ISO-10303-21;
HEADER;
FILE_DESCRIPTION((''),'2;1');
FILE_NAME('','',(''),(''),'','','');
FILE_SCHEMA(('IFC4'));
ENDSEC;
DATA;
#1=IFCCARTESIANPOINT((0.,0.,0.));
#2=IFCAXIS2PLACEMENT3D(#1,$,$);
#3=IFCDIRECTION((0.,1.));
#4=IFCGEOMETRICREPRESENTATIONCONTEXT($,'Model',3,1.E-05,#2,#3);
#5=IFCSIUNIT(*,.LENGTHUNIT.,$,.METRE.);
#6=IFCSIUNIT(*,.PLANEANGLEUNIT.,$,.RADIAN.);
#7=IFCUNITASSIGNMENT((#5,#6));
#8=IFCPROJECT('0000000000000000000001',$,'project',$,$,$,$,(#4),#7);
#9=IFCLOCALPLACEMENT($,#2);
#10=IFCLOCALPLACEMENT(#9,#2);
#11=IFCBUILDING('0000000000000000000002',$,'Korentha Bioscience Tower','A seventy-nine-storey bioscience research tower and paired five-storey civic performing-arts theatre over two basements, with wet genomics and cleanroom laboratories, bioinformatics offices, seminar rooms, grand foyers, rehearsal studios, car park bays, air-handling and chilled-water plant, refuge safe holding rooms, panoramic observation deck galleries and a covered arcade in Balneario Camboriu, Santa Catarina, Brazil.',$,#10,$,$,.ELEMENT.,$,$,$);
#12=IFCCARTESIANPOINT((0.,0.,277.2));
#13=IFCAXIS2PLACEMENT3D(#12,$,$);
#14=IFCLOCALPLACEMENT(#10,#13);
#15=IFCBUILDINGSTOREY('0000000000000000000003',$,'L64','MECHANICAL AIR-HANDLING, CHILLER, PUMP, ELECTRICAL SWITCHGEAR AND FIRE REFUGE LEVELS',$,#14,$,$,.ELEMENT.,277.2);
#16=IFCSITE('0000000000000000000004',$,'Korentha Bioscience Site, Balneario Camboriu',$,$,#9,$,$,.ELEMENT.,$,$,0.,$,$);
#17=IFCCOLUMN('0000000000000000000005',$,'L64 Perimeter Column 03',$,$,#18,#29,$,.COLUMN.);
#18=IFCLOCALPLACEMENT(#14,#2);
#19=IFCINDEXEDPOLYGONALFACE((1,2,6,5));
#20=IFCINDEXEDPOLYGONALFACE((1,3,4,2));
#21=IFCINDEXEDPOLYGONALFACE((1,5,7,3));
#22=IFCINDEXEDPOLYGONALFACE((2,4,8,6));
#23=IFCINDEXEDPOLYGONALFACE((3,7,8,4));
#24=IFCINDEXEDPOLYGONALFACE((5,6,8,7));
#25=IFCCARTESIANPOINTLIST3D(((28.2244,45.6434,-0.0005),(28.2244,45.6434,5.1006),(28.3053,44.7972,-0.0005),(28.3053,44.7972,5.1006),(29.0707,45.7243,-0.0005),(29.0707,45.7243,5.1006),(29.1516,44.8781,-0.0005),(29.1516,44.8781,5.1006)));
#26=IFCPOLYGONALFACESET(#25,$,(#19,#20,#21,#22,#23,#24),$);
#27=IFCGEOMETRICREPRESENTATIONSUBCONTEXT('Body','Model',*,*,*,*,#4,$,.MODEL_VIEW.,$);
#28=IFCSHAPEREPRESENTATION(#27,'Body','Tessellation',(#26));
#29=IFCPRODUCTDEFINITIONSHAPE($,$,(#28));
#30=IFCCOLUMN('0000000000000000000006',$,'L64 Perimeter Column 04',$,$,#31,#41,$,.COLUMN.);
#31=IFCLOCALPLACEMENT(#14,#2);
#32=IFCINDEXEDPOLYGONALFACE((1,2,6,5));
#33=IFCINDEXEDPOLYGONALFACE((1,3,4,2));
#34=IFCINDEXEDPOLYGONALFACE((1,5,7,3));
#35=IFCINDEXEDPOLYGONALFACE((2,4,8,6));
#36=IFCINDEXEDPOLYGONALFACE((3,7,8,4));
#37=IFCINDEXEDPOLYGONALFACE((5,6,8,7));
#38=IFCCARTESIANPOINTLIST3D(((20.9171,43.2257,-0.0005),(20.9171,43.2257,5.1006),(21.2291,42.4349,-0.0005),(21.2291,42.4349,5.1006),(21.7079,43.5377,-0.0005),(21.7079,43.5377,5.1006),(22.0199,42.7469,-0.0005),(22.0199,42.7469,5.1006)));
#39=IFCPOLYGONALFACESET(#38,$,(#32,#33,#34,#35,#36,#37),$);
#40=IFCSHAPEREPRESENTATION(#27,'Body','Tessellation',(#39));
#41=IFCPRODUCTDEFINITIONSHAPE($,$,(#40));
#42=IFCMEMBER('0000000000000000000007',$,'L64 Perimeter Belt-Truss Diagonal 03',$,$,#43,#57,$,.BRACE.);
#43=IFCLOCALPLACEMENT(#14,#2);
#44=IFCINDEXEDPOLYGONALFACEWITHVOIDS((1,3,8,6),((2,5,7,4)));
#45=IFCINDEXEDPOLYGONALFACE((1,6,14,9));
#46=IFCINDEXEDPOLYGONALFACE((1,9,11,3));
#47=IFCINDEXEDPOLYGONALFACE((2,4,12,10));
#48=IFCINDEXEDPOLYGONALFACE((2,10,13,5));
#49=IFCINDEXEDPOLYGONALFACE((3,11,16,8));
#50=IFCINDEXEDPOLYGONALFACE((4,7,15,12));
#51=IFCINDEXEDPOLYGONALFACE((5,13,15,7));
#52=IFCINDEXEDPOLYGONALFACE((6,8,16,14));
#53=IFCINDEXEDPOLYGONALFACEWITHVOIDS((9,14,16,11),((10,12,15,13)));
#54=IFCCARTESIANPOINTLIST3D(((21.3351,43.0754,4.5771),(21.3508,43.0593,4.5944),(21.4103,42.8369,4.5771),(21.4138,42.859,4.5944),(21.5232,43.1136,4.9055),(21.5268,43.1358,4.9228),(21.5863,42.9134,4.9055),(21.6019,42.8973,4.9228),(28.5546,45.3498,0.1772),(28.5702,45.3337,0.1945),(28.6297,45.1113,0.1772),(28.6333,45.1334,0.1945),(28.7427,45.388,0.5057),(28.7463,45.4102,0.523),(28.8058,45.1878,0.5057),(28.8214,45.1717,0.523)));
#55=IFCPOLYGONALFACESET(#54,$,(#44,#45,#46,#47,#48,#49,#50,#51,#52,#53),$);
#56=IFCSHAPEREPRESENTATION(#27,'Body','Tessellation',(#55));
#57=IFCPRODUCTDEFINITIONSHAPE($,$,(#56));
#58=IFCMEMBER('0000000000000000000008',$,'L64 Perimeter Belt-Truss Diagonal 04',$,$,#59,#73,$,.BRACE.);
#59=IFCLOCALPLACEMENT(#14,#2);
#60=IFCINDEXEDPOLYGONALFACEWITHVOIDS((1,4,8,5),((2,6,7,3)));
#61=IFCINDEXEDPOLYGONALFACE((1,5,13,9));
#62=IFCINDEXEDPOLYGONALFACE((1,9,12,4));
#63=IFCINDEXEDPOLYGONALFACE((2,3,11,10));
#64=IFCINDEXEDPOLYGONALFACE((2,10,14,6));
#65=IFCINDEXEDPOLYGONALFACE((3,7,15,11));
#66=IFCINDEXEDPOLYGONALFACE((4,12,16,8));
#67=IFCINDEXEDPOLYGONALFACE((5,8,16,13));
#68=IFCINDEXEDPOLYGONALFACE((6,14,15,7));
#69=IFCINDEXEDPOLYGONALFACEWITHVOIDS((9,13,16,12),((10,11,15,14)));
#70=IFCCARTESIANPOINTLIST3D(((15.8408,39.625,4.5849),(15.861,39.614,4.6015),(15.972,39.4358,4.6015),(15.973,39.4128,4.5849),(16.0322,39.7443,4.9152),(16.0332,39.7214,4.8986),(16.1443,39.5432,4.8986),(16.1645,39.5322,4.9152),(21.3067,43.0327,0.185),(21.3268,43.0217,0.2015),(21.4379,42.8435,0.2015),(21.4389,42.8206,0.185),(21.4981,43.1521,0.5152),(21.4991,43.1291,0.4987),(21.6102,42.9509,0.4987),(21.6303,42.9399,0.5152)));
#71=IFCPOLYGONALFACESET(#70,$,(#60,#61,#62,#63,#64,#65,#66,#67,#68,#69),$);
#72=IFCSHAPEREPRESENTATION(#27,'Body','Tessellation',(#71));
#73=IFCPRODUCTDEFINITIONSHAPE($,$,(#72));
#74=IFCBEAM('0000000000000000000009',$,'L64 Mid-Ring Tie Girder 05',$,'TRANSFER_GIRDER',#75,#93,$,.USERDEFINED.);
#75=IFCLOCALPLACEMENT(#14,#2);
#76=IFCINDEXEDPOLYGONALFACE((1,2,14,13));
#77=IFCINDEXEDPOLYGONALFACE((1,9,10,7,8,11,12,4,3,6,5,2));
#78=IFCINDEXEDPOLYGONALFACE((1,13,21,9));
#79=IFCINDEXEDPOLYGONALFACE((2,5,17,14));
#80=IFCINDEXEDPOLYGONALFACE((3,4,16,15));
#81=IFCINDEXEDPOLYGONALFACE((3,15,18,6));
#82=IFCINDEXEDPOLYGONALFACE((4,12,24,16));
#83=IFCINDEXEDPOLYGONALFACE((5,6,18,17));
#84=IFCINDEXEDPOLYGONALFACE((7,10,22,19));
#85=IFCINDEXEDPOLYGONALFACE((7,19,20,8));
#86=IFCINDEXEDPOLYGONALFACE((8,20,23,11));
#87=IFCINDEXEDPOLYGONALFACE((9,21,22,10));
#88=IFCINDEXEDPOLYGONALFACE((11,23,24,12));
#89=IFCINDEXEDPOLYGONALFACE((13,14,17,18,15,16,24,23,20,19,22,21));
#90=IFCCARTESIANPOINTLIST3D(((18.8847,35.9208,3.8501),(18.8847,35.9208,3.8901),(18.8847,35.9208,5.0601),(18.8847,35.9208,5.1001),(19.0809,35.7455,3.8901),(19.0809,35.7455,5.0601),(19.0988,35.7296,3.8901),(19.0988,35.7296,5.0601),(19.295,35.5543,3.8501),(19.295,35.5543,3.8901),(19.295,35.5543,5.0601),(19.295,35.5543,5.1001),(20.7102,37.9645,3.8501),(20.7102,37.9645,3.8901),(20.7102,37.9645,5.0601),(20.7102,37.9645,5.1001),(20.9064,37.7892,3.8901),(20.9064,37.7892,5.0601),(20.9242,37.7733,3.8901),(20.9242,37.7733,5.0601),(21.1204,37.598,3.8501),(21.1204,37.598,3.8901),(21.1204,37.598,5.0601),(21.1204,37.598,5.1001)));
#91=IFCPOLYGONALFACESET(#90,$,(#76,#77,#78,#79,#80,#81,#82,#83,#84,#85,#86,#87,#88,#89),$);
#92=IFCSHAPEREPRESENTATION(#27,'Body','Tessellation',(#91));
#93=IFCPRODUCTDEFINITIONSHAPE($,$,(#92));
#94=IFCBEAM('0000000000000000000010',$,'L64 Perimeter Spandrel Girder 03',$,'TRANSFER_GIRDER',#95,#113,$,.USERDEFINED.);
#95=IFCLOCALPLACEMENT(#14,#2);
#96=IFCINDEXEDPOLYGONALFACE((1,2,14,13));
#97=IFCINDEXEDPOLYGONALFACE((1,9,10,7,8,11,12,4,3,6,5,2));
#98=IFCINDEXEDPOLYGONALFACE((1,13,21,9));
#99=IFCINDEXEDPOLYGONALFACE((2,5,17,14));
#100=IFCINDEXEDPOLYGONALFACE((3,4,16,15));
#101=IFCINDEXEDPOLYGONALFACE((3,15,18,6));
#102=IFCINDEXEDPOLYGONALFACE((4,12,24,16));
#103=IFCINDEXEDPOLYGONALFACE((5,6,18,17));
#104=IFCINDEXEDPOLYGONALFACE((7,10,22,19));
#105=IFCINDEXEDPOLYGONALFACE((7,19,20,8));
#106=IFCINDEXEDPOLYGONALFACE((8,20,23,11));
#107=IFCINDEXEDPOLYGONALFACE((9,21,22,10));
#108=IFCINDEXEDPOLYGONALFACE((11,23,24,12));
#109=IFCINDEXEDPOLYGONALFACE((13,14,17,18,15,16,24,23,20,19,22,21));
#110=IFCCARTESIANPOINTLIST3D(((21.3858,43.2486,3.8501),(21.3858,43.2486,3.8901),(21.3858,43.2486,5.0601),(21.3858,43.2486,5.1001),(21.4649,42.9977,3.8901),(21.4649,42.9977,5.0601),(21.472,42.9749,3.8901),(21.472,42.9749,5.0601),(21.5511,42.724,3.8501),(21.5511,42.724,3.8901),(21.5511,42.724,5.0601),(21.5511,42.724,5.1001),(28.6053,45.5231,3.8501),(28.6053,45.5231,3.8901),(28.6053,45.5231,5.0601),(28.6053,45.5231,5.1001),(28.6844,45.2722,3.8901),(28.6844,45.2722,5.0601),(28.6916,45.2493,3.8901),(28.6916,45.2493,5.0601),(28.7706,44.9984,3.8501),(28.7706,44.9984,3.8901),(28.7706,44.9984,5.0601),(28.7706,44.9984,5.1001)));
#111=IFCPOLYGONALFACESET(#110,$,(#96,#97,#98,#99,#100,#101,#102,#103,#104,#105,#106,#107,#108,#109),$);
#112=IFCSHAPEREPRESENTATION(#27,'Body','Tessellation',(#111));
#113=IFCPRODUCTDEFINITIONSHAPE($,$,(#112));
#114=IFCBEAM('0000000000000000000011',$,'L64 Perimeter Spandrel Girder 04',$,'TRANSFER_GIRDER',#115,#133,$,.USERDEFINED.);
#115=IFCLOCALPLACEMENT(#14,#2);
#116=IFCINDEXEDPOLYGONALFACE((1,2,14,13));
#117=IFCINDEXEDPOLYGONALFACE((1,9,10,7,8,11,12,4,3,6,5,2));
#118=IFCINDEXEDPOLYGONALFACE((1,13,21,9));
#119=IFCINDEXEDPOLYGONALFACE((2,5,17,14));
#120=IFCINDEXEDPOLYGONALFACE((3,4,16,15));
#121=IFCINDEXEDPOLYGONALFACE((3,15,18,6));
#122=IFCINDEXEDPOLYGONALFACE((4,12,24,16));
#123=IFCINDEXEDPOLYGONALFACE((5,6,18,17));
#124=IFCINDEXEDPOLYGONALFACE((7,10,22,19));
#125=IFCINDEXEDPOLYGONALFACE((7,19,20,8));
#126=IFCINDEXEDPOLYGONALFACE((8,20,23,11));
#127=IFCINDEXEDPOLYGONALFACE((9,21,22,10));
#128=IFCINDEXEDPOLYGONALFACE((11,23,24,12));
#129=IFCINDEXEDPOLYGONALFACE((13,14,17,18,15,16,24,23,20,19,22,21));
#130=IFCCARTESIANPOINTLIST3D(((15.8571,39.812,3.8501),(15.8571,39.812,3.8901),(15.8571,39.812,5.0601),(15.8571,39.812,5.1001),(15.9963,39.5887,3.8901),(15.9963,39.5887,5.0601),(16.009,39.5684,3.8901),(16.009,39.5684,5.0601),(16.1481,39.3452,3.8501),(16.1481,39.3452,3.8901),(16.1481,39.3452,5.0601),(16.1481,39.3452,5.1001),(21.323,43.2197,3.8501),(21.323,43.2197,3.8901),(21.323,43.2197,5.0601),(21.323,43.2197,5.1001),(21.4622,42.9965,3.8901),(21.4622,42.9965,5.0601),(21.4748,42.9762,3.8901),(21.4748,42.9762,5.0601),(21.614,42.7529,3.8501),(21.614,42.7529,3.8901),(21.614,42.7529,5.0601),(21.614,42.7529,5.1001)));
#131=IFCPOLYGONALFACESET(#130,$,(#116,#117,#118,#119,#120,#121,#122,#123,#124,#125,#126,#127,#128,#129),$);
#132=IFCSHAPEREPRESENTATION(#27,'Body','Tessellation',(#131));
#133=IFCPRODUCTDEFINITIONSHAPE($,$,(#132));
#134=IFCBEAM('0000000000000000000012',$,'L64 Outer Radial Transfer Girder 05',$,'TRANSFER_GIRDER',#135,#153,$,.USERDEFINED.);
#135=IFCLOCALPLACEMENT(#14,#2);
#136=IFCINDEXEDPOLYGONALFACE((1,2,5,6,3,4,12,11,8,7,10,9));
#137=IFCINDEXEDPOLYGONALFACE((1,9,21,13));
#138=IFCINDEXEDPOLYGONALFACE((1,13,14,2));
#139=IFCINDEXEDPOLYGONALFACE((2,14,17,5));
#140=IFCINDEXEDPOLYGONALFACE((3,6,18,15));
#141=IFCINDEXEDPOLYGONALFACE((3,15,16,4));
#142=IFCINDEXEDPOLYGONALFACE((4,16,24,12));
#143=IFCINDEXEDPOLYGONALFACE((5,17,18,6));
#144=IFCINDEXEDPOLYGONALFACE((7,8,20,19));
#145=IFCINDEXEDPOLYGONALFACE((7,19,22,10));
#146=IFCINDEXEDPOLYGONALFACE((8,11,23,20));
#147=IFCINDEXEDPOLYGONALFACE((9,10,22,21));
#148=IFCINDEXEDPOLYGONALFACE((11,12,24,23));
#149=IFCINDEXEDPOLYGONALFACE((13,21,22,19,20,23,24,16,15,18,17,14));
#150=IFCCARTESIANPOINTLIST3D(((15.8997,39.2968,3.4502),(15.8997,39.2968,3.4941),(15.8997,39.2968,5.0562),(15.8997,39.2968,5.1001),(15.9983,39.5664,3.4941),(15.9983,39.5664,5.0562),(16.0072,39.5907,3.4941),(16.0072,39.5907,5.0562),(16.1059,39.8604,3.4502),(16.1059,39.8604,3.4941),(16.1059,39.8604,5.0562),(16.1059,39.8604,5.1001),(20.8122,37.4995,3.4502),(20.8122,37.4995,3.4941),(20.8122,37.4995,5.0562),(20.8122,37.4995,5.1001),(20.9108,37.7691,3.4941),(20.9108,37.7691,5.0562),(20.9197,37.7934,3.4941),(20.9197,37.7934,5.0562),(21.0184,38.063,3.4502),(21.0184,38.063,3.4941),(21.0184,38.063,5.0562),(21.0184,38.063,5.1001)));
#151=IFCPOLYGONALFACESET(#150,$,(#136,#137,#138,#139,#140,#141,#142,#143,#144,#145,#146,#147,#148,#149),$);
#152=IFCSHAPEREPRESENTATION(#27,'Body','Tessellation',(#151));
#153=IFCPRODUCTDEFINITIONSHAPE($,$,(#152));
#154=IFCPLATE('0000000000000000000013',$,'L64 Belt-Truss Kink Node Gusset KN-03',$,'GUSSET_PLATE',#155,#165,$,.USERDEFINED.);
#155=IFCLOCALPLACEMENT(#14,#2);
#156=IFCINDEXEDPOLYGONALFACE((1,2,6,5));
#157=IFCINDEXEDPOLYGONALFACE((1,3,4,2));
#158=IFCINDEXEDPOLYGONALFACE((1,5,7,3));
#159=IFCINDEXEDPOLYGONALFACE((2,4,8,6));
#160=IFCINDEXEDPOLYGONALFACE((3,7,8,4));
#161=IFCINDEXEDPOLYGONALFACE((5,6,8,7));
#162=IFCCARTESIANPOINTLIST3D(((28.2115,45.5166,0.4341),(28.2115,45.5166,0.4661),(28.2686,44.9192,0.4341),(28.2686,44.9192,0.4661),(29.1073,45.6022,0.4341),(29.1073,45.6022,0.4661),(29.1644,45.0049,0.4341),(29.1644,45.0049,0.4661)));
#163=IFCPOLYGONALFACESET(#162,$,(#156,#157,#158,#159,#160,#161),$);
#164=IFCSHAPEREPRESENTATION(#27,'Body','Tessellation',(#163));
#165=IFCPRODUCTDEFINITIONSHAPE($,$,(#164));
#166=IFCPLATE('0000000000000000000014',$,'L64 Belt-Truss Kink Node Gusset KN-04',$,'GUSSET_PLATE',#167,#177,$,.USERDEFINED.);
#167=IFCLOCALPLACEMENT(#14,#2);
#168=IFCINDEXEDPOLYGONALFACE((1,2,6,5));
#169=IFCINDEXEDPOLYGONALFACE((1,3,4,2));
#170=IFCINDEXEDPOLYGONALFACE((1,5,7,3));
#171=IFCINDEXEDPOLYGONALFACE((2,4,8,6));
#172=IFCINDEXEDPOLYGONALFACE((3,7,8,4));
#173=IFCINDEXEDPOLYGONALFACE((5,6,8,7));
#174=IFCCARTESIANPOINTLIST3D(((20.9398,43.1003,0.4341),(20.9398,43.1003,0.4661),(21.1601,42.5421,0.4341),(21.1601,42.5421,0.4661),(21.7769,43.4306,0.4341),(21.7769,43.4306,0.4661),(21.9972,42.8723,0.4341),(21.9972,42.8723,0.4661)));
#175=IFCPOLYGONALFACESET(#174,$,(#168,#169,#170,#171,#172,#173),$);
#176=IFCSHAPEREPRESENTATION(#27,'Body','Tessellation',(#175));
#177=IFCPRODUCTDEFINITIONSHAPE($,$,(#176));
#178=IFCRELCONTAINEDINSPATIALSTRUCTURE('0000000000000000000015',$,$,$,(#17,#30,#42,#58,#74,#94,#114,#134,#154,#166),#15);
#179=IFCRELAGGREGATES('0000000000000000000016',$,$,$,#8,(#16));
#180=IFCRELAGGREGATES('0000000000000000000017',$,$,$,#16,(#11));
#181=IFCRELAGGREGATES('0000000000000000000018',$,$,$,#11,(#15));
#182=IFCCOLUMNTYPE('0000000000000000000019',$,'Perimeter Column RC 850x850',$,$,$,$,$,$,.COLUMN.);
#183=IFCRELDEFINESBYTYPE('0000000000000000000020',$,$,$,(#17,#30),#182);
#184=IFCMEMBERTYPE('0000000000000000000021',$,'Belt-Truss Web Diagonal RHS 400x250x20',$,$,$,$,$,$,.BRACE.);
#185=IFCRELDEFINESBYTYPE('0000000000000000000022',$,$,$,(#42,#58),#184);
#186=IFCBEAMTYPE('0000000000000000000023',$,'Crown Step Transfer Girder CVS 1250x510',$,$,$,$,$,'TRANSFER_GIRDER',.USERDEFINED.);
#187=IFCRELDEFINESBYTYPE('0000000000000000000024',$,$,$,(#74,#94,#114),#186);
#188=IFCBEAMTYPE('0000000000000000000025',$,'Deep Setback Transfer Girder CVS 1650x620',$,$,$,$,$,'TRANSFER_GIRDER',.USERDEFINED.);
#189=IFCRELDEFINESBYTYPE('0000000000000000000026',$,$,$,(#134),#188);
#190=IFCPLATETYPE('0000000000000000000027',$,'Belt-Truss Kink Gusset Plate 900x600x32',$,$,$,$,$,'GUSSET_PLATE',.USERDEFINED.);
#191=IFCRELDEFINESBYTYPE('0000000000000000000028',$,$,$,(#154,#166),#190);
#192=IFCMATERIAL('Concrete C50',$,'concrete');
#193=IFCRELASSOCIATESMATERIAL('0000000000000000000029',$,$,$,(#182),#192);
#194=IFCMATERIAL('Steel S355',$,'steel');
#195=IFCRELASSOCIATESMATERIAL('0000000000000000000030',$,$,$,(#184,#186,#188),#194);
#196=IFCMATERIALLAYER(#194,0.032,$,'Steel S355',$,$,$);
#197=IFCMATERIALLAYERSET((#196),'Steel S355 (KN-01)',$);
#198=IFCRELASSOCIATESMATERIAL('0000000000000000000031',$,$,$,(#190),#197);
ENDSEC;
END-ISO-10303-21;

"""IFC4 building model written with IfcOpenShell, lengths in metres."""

from ifc_helpers import new_model, si_unit, direction, frame, origin, origin_2d, place, context, subcontext, project, spatial, rectangle, hollow_rectangle, i_section, extrude, material, layer, layer_set, material_profile, profile_set, type_object, element, save


model = new_model("IFC4")

# Units and contexts
model_context = context("Model", 3, precision=1e-05, world=origin(), true_north=direction((0.0, 1.0)))
body_context = subcontext(model_context, "Body", "Model", "MODEL_VIEW")
ifc_project = project(units=[si_unit("LENGTHUNIT", "METRE"), si_unit("PLANEANGLEUNIT", "RADIAN")], contexts=[model_context])

# Site, building, storey
site_placement = place(None, origin())
site = spatial("IfcSite", under=ifc_project, at=site_placement, Name="Korentha Bioscience Site, Balneario Camboriu", CompositionType="ELEMENT", RefElevation=0.0)
building_placement = place(site_placement, origin())
building = spatial("IfcBuilding", under=site, at=building_placement, Name="Korentha Bioscience Tower", Description="A seventy-nine-storey bioscience research tower and paired five-storey civic performing-arts theatre over two basements, with wet genomics and cleanroom laboratories, bioinformatics offices, seminar rooms, grand foyers, rehearsal studios, car park bays, air-handling and chilled-water plant, refuge safe holding rooms, panoramic observation deck galleries and a covered arcade in Balneario Camboriu, Santa Catarina, Brazil.", CompositionType="ELEMENT")
storey_placement = place(building_placement, frame((0.0, 0.0, 277.2)))
storey = spatial("IfcBuildingStorey", under=building, at=storey_placement, Name="L64", Description="MECHANICAL AIR-HANDLING, CHILLER, PUMP, ELECTRICAL SWITCHGEAR AND FIRE REFUGE LEVELS", CompositionType="ELEMENT", Elevation=277.2)

# Columns
ifc_material_1 = material(Name="Concrete C50", Category="concrete")
ifc_material_profile_1 = material_profile(ifc_material_1, rectangle(XDim=0.8501, YDim=0.8501, at=origin_2d()), Name="Concrete C50")
ifc_profile_set_1 = profile_set([ifc_material_profile_1], Name="Concrete C50 (COL-P08)")
column_type = type_object("IfcColumnType", Name="Perimeter Column RC 850x850", PredefinedType="COLUMN", material=ifc_profile_set_1)
for number, where, z_axis, x_axis, name in (
    (1, (28.688, 45.2607, -0.0005), (0.0, 0.0, 1.0), (0.995463, 0.095151, 0.0), "L64 Perimeter Column 03"),
    (2, (21.4685, 42.9863, -0.0005), (0.0, 0.0, 1.0), (0.930226, 0.366988, 0.0), "L64 Perimeter Column 04"),
):
    element("IfcColumn", number, at=place(storey_placement, frame(where, z_axis=z_axis, x_axis=x_axis)), inside=storey, type_object=column_type, Name=name, PredefinedType="COLUMN", context=body_context, shape_type="SweptSolid", body=[
        extrude(rectangle(XDim=0.8501, YDim=0.8501, at=origin_2d()), origin(), (0.0, 0.0, 1.0), 5.1011),
    ])

# Members
ifc_material_2 = material(Name="Steel S355", Category="steel")
ifc_material_profile_2 = material_profile(ifc_material_2, hollow_rectangle(XDim=0.25, YDim=0.3999, WallThickness=0.02, at=origin_2d()), Name="Steel S355")
ifc_profile_set_2 = profile_set([ifc_material_profile_2], Name="Steel S355 (BT-D400)")
member_type = type_object("IfcMemberType", Name="Belt-Truss Web Diagonal RHS 400x250x20", PredefinedType="BRACE", material=ifc_profile_set_2)
member_1_placement = place(storey_placement, frame((28.688, 45.2607, 0.3501), z_axis=(-0.824596, -0.25978, 0.502549), x_axis=(0.30048, -0.953788, 0.0)))
element("IfcMember", 3, at=member_1_placement, inside=storey, type_object=member_type, Name="L64 Perimeter Belt-Truss Diagonal 03", PredefinedType="BRACE", context=body_context, shape_type="SweptSolid", body=[
    extrude(hollow_rectangle(XDim=0.25, YDim=0.3999, WallThickness=0.02, at=origin_2d()), origin(), (0.0, 0.0, 1.0), 8.7551),
])
member_2_placement = place(storey_placement, frame((21.4685, 42.9863, 0.3501), z_axis=(-0.700707, -0.436862, 0.564058), x_axis=(0.529058, -0.848586, 0.0)))
element("IfcMember", 4, at=member_2_placement, inside=storey, type_object=member_type, Name="L64 Perimeter Belt-Truss Diagonal 04", PredefinedType="BRACE", context=body_context, shape_type="SweptSolid", body=[
    extrude(hollow_rectangle(XDim=0.25, YDim=0.3999, WallThickness=0.02, at=origin_2d()), origin(), (0.0, 0.0, 1.0), 7.8005),
])

# Beams
ifc_material_profile_3 = material_profile(ifc_material_2, i_section(OverallWidth=0.55, OverallDepth=1.25, WebThickness=0.0239, FlangeThickness=0.04, at=origin_2d()), Name="Steel S355")
ifc_profile_set_3 = profile_set([ifc_material_profile_3], Name="Steel S355 (TG-03)")
beam_type_1 = type_object("IfcBeamType", Name="Crown Step Transfer Girder CVS 1250x510", ElementType="TRANSFER_GIRDER", PredefinedType="USERDEFINED", material=ifc_profile_set_3)
beam_1_placement = place(storey_placement, frame((20.9153, 37.7812, 4.4751), z_axis=(-0.666159, -0.74581, 0.0), x_axis=(0.74581, -0.666159, 0.0)))
element("IfcBeam", 5, at=beam_1_placement, inside=storey, type_object=beam_type_1, Name="L64 Mid-Ring Tie Girder 05", ObjectType="TRANSFER_GIRDER", PredefinedType="USERDEFINED", context=body_context, shape_type="SweptSolid", body=[
    extrude(i_section(OverallWidth=0.55, OverallDepth=1.25, WebThickness=0.0239, FlangeThickness=0.04, at=origin_2d()), origin(), (0.0, 0.0, 1.0), 2.7402),
])
beam_2_placement = place(storey_placement, frame((28.688, 45.2607, 4.4751), z_axis=(-0.953788, -0.30048, 0.0), x_axis=(0.30048, -0.953788, 0.0)))
element("IfcBeam", 6, at=beam_2_placement, inside=storey, type_object=beam_type_1, Name="L64 Perimeter Spandrel Girder 03", ObjectType="TRANSFER_GIRDER", PredefinedType="USERDEFINED", context=body_context, shape_type="SweptSolid", body=[
    extrude(i_section(OverallWidth=0.55, OverallDepth=1.25, WebThickness=0.0239, FlangeThickness=0.04, at=origin_2d()), origin(), (0.0, 0.0, 1.0), 7.5693),
])
beam_3_placement = place(storey_placement, frame((21.4685, 42.9863, 4.4751), z_axis=(-0.848586, -0.529058, 0.0), x_axis=(0.529058, -0.848586, 0.0)))
element("IfcBeam", 7, at=beam_3_placement, inside=storey, type_object=beam_type_1, Name="L64 Perimeter Spandrel Girder 04", ObjectType="TRANSFER_GIRDER", PredefinedType="USERDEFINED", context=body_context, shape_type="SweptSolid", body=[
    extrude(i_section(OverallWidth=0.55, OverallDepth=1.25, WebThickness=0.0239, FlangeThickness=0.04, at=origin_2d()), origin(), (0.0, 0.0, 1.0), 6.4412),
])
ifc_material_profile_4 = material_profile(ifc_material_2, i_section(OverallWidth=0.6001, OverallDepth=1.6499, WebThickness=0.0259, FlangeThickness=0.0439, at=origin_2d()), Name="Steel S355")
ifc_profile_set_4 = profile_set([ifc_material_profile_4], Name="Steel S355 (TG-04)")
beam_type_2 = type_object("IfcBeamType", Name="Deep Setback Transfer Girder CVS 1650x620", ElementType="TRANSFER_GIRDER", PredefinedType="USERDEFINED", material=ifc_profile_set_4)
beam_4_placement = place(storey_placement, frame((20.9153, 37.7812, 4.2751), z_axis=(-0.939118, 0.343594, 0.0), x_axis=(-0.343594, -0.939118, 0.0)))
element("IfcBeam", 8, at=beam_4_placement, inside=storey, type_object=beam_type_2, Name="L64 Outer Radial Transfer Girder 05", ObjectType="TRANSFER_GIRDER", PredefinedType="USERDEFINED", context=body_context, shape_type="SweptSolid", body=[
    extrude(i_section(OverallWidth=0.6001, OverallDepth=1.6499, WebThickness=0.0259, FlangeThickness=0.0439, at=origin_2d()), origin(), (0.0, 0.0, 1.0), 5.231),
])

# Plates
ifc_layer_1 = layer(ifc_material_2, 0.032, Name="Steel S355")
ifc_layer_set_1 = layer_set([ifc_layer_1], Name="Steel S355 (KN-01)")
plate_type_1 = type_object("IfcPlateType", Name="Belt-Truss Kink Gusset Plate 900x600x32", ElementType="GUSSET_PLATE", PredefinedType="USERDEFINED", material=ifc_layer_set_1)
for number, where, z_axis, x_axis, name in (
    (9, (28.688, 45.2607, 0.4341), (0.0, 0.0, 1.0), (0.995463, 0.095151, 0.0), "L64 Belt-Truss Kink Node Gusset KN-03"),
    (10, (21.4685, 42.9863, 0.4341), (0.0, 0.0, 1.0), (0.930226, 0.366988, 0.0), "L64 Belt-Truss Kink Node Gusset KN-04"),
):
    element("IfcPlate", number, at=place(storey_placement, frame(where, z_axis=z_axis, x_axis=x_axis)), inside=storey, type_object=plate_type_1, Name=name, ObjectType="GUSSET_PLATE", PredefinedType="USERDEFINED", context=body_context, shape_type="SweptSolid", body=[
        extrude(rectangle(XDim=0.8999, YDim=0.6001, at=origin_2d()), origin(), (0.0, 0.0, 1.0), 0.032),
    ])

save(model, "model.ifc")
